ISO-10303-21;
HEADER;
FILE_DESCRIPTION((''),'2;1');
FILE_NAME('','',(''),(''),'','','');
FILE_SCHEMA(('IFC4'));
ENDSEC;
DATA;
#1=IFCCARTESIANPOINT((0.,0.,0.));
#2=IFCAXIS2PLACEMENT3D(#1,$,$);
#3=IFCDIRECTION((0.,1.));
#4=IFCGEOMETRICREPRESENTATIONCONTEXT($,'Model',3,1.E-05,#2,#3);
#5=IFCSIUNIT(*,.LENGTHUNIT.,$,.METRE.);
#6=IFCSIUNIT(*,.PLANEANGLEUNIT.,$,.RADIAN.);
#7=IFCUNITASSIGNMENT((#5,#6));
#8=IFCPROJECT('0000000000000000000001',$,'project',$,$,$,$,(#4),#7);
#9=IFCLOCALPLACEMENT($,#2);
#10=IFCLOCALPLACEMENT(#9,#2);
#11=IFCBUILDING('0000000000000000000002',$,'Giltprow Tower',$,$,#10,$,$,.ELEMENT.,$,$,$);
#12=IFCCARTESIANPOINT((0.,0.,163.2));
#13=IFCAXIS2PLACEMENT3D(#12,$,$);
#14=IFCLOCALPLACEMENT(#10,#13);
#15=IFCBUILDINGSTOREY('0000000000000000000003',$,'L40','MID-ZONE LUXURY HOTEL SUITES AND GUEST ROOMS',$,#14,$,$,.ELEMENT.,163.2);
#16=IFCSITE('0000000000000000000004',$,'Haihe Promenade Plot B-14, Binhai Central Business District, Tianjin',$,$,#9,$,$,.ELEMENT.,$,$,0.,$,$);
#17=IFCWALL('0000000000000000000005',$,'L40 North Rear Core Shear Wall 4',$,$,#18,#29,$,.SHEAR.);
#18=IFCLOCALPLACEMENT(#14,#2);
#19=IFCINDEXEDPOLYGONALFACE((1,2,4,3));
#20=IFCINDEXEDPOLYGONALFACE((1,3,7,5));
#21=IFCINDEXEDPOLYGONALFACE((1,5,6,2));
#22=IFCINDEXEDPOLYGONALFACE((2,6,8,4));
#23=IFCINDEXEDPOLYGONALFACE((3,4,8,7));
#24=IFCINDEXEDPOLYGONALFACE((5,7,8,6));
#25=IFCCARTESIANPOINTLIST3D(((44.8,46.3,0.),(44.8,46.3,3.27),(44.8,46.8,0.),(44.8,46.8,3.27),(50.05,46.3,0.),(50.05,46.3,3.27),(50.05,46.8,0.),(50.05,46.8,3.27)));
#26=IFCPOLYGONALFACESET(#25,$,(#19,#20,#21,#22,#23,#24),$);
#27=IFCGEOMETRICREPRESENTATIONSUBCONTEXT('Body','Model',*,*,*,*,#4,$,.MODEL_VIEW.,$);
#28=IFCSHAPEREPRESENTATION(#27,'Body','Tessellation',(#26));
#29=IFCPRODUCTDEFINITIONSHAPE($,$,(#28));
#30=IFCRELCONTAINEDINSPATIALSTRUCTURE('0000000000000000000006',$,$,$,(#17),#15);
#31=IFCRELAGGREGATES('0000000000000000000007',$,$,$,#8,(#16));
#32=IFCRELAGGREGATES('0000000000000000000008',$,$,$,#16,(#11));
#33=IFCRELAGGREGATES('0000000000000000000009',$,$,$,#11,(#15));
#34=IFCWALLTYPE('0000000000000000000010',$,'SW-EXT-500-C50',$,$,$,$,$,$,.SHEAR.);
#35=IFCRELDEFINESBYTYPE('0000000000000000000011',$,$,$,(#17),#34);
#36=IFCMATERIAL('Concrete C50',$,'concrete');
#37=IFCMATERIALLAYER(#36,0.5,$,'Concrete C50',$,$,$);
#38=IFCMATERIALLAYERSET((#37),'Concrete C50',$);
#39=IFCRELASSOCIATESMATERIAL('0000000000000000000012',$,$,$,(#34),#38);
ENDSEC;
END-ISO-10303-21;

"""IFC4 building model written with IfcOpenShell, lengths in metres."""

from ifc_helpers import new_model, si_unit, direction, frame, frame_2d, origin, place, context, subcontext, project, spatial, rectangle, extrude, material, layer, layer_set, type_object, element, save


model = new_model("IFC4")

# Units and contexts
model_context = context("Model", 3, precision=1e-05, world=origin(), true_north=direction((0.0, 1.0)))
body_context = subcontext(model_context, "Body", "Model", "MODEL_VIEW")
ifc_project = project(units=[si_unit("LENGTHUNIT", "METRE"), si_unit("PLANEANGLEUNIT", "RADIAN")], contexts=[model_context])

# Site, building, storey
site_placement = place(None, origin())
site = spatial("IfcSite", under=ifc_project, at=site_placement, Name="Haihe Promenade Plot B-14, Binhai Central Business District, Tianjin", CompositionType="ELEMENT", RefElevation=0.0)
building_placement = place(site_placement, origin())
building = spatial("IfcBuilding", under=site, at=building_placement, Name="Giltprow Tower", CompositionType="ELEMENT")
storey_placement = place(building_placement, frame((0.0, 0.0, 163.2)))
storey = spatial("IfcBuildingStorey", under=building, at=storey_placement, Name="L40", Description="MID-ZONE LUXURY HOTEL SUITES AND GUEST ROOMS", CompositionType="ELEMENT", Elevation=163.2)

# Shared definitions
ifc_material_1 = material(Name="Concrete C50", Category="concrete")

# Wall
ifc_layer_1 = layer(ifc_material_1, 0.5, Name="Concrete C50")
ifc_layer_set_1 = layer_set([ifc_layer_1], Name="Concrete C50")
wall_type_1 = type_object("IfcWallType", Name="SW-EXT-500-C50", PredefinedType="SHEAR", material=ifc_layer_set_1)
wall_1_placement = place(storey_placement, frame((44.8, 46.55, 0.0), z_axis=(0.0, 0.0, 1.0), x_axis=(1.0, 0.0, 0.0)))
element("IfcWall", 1, at=wall_1_placement, inside=storey, type_object=wall_type_1, Name="L40 North Rear Core Shear Wall 4", PredefinedType="SHEAR", context=body_context, shape_type="SweptSolid", body=[
    extrude(rectangle(XDim=5.25, YDim=0.5, at=frame_2d((2.625, 0.0))), origin(), (0.0, 0.0, 1.0), 3.27),
])

save(model, "model.ifc")
